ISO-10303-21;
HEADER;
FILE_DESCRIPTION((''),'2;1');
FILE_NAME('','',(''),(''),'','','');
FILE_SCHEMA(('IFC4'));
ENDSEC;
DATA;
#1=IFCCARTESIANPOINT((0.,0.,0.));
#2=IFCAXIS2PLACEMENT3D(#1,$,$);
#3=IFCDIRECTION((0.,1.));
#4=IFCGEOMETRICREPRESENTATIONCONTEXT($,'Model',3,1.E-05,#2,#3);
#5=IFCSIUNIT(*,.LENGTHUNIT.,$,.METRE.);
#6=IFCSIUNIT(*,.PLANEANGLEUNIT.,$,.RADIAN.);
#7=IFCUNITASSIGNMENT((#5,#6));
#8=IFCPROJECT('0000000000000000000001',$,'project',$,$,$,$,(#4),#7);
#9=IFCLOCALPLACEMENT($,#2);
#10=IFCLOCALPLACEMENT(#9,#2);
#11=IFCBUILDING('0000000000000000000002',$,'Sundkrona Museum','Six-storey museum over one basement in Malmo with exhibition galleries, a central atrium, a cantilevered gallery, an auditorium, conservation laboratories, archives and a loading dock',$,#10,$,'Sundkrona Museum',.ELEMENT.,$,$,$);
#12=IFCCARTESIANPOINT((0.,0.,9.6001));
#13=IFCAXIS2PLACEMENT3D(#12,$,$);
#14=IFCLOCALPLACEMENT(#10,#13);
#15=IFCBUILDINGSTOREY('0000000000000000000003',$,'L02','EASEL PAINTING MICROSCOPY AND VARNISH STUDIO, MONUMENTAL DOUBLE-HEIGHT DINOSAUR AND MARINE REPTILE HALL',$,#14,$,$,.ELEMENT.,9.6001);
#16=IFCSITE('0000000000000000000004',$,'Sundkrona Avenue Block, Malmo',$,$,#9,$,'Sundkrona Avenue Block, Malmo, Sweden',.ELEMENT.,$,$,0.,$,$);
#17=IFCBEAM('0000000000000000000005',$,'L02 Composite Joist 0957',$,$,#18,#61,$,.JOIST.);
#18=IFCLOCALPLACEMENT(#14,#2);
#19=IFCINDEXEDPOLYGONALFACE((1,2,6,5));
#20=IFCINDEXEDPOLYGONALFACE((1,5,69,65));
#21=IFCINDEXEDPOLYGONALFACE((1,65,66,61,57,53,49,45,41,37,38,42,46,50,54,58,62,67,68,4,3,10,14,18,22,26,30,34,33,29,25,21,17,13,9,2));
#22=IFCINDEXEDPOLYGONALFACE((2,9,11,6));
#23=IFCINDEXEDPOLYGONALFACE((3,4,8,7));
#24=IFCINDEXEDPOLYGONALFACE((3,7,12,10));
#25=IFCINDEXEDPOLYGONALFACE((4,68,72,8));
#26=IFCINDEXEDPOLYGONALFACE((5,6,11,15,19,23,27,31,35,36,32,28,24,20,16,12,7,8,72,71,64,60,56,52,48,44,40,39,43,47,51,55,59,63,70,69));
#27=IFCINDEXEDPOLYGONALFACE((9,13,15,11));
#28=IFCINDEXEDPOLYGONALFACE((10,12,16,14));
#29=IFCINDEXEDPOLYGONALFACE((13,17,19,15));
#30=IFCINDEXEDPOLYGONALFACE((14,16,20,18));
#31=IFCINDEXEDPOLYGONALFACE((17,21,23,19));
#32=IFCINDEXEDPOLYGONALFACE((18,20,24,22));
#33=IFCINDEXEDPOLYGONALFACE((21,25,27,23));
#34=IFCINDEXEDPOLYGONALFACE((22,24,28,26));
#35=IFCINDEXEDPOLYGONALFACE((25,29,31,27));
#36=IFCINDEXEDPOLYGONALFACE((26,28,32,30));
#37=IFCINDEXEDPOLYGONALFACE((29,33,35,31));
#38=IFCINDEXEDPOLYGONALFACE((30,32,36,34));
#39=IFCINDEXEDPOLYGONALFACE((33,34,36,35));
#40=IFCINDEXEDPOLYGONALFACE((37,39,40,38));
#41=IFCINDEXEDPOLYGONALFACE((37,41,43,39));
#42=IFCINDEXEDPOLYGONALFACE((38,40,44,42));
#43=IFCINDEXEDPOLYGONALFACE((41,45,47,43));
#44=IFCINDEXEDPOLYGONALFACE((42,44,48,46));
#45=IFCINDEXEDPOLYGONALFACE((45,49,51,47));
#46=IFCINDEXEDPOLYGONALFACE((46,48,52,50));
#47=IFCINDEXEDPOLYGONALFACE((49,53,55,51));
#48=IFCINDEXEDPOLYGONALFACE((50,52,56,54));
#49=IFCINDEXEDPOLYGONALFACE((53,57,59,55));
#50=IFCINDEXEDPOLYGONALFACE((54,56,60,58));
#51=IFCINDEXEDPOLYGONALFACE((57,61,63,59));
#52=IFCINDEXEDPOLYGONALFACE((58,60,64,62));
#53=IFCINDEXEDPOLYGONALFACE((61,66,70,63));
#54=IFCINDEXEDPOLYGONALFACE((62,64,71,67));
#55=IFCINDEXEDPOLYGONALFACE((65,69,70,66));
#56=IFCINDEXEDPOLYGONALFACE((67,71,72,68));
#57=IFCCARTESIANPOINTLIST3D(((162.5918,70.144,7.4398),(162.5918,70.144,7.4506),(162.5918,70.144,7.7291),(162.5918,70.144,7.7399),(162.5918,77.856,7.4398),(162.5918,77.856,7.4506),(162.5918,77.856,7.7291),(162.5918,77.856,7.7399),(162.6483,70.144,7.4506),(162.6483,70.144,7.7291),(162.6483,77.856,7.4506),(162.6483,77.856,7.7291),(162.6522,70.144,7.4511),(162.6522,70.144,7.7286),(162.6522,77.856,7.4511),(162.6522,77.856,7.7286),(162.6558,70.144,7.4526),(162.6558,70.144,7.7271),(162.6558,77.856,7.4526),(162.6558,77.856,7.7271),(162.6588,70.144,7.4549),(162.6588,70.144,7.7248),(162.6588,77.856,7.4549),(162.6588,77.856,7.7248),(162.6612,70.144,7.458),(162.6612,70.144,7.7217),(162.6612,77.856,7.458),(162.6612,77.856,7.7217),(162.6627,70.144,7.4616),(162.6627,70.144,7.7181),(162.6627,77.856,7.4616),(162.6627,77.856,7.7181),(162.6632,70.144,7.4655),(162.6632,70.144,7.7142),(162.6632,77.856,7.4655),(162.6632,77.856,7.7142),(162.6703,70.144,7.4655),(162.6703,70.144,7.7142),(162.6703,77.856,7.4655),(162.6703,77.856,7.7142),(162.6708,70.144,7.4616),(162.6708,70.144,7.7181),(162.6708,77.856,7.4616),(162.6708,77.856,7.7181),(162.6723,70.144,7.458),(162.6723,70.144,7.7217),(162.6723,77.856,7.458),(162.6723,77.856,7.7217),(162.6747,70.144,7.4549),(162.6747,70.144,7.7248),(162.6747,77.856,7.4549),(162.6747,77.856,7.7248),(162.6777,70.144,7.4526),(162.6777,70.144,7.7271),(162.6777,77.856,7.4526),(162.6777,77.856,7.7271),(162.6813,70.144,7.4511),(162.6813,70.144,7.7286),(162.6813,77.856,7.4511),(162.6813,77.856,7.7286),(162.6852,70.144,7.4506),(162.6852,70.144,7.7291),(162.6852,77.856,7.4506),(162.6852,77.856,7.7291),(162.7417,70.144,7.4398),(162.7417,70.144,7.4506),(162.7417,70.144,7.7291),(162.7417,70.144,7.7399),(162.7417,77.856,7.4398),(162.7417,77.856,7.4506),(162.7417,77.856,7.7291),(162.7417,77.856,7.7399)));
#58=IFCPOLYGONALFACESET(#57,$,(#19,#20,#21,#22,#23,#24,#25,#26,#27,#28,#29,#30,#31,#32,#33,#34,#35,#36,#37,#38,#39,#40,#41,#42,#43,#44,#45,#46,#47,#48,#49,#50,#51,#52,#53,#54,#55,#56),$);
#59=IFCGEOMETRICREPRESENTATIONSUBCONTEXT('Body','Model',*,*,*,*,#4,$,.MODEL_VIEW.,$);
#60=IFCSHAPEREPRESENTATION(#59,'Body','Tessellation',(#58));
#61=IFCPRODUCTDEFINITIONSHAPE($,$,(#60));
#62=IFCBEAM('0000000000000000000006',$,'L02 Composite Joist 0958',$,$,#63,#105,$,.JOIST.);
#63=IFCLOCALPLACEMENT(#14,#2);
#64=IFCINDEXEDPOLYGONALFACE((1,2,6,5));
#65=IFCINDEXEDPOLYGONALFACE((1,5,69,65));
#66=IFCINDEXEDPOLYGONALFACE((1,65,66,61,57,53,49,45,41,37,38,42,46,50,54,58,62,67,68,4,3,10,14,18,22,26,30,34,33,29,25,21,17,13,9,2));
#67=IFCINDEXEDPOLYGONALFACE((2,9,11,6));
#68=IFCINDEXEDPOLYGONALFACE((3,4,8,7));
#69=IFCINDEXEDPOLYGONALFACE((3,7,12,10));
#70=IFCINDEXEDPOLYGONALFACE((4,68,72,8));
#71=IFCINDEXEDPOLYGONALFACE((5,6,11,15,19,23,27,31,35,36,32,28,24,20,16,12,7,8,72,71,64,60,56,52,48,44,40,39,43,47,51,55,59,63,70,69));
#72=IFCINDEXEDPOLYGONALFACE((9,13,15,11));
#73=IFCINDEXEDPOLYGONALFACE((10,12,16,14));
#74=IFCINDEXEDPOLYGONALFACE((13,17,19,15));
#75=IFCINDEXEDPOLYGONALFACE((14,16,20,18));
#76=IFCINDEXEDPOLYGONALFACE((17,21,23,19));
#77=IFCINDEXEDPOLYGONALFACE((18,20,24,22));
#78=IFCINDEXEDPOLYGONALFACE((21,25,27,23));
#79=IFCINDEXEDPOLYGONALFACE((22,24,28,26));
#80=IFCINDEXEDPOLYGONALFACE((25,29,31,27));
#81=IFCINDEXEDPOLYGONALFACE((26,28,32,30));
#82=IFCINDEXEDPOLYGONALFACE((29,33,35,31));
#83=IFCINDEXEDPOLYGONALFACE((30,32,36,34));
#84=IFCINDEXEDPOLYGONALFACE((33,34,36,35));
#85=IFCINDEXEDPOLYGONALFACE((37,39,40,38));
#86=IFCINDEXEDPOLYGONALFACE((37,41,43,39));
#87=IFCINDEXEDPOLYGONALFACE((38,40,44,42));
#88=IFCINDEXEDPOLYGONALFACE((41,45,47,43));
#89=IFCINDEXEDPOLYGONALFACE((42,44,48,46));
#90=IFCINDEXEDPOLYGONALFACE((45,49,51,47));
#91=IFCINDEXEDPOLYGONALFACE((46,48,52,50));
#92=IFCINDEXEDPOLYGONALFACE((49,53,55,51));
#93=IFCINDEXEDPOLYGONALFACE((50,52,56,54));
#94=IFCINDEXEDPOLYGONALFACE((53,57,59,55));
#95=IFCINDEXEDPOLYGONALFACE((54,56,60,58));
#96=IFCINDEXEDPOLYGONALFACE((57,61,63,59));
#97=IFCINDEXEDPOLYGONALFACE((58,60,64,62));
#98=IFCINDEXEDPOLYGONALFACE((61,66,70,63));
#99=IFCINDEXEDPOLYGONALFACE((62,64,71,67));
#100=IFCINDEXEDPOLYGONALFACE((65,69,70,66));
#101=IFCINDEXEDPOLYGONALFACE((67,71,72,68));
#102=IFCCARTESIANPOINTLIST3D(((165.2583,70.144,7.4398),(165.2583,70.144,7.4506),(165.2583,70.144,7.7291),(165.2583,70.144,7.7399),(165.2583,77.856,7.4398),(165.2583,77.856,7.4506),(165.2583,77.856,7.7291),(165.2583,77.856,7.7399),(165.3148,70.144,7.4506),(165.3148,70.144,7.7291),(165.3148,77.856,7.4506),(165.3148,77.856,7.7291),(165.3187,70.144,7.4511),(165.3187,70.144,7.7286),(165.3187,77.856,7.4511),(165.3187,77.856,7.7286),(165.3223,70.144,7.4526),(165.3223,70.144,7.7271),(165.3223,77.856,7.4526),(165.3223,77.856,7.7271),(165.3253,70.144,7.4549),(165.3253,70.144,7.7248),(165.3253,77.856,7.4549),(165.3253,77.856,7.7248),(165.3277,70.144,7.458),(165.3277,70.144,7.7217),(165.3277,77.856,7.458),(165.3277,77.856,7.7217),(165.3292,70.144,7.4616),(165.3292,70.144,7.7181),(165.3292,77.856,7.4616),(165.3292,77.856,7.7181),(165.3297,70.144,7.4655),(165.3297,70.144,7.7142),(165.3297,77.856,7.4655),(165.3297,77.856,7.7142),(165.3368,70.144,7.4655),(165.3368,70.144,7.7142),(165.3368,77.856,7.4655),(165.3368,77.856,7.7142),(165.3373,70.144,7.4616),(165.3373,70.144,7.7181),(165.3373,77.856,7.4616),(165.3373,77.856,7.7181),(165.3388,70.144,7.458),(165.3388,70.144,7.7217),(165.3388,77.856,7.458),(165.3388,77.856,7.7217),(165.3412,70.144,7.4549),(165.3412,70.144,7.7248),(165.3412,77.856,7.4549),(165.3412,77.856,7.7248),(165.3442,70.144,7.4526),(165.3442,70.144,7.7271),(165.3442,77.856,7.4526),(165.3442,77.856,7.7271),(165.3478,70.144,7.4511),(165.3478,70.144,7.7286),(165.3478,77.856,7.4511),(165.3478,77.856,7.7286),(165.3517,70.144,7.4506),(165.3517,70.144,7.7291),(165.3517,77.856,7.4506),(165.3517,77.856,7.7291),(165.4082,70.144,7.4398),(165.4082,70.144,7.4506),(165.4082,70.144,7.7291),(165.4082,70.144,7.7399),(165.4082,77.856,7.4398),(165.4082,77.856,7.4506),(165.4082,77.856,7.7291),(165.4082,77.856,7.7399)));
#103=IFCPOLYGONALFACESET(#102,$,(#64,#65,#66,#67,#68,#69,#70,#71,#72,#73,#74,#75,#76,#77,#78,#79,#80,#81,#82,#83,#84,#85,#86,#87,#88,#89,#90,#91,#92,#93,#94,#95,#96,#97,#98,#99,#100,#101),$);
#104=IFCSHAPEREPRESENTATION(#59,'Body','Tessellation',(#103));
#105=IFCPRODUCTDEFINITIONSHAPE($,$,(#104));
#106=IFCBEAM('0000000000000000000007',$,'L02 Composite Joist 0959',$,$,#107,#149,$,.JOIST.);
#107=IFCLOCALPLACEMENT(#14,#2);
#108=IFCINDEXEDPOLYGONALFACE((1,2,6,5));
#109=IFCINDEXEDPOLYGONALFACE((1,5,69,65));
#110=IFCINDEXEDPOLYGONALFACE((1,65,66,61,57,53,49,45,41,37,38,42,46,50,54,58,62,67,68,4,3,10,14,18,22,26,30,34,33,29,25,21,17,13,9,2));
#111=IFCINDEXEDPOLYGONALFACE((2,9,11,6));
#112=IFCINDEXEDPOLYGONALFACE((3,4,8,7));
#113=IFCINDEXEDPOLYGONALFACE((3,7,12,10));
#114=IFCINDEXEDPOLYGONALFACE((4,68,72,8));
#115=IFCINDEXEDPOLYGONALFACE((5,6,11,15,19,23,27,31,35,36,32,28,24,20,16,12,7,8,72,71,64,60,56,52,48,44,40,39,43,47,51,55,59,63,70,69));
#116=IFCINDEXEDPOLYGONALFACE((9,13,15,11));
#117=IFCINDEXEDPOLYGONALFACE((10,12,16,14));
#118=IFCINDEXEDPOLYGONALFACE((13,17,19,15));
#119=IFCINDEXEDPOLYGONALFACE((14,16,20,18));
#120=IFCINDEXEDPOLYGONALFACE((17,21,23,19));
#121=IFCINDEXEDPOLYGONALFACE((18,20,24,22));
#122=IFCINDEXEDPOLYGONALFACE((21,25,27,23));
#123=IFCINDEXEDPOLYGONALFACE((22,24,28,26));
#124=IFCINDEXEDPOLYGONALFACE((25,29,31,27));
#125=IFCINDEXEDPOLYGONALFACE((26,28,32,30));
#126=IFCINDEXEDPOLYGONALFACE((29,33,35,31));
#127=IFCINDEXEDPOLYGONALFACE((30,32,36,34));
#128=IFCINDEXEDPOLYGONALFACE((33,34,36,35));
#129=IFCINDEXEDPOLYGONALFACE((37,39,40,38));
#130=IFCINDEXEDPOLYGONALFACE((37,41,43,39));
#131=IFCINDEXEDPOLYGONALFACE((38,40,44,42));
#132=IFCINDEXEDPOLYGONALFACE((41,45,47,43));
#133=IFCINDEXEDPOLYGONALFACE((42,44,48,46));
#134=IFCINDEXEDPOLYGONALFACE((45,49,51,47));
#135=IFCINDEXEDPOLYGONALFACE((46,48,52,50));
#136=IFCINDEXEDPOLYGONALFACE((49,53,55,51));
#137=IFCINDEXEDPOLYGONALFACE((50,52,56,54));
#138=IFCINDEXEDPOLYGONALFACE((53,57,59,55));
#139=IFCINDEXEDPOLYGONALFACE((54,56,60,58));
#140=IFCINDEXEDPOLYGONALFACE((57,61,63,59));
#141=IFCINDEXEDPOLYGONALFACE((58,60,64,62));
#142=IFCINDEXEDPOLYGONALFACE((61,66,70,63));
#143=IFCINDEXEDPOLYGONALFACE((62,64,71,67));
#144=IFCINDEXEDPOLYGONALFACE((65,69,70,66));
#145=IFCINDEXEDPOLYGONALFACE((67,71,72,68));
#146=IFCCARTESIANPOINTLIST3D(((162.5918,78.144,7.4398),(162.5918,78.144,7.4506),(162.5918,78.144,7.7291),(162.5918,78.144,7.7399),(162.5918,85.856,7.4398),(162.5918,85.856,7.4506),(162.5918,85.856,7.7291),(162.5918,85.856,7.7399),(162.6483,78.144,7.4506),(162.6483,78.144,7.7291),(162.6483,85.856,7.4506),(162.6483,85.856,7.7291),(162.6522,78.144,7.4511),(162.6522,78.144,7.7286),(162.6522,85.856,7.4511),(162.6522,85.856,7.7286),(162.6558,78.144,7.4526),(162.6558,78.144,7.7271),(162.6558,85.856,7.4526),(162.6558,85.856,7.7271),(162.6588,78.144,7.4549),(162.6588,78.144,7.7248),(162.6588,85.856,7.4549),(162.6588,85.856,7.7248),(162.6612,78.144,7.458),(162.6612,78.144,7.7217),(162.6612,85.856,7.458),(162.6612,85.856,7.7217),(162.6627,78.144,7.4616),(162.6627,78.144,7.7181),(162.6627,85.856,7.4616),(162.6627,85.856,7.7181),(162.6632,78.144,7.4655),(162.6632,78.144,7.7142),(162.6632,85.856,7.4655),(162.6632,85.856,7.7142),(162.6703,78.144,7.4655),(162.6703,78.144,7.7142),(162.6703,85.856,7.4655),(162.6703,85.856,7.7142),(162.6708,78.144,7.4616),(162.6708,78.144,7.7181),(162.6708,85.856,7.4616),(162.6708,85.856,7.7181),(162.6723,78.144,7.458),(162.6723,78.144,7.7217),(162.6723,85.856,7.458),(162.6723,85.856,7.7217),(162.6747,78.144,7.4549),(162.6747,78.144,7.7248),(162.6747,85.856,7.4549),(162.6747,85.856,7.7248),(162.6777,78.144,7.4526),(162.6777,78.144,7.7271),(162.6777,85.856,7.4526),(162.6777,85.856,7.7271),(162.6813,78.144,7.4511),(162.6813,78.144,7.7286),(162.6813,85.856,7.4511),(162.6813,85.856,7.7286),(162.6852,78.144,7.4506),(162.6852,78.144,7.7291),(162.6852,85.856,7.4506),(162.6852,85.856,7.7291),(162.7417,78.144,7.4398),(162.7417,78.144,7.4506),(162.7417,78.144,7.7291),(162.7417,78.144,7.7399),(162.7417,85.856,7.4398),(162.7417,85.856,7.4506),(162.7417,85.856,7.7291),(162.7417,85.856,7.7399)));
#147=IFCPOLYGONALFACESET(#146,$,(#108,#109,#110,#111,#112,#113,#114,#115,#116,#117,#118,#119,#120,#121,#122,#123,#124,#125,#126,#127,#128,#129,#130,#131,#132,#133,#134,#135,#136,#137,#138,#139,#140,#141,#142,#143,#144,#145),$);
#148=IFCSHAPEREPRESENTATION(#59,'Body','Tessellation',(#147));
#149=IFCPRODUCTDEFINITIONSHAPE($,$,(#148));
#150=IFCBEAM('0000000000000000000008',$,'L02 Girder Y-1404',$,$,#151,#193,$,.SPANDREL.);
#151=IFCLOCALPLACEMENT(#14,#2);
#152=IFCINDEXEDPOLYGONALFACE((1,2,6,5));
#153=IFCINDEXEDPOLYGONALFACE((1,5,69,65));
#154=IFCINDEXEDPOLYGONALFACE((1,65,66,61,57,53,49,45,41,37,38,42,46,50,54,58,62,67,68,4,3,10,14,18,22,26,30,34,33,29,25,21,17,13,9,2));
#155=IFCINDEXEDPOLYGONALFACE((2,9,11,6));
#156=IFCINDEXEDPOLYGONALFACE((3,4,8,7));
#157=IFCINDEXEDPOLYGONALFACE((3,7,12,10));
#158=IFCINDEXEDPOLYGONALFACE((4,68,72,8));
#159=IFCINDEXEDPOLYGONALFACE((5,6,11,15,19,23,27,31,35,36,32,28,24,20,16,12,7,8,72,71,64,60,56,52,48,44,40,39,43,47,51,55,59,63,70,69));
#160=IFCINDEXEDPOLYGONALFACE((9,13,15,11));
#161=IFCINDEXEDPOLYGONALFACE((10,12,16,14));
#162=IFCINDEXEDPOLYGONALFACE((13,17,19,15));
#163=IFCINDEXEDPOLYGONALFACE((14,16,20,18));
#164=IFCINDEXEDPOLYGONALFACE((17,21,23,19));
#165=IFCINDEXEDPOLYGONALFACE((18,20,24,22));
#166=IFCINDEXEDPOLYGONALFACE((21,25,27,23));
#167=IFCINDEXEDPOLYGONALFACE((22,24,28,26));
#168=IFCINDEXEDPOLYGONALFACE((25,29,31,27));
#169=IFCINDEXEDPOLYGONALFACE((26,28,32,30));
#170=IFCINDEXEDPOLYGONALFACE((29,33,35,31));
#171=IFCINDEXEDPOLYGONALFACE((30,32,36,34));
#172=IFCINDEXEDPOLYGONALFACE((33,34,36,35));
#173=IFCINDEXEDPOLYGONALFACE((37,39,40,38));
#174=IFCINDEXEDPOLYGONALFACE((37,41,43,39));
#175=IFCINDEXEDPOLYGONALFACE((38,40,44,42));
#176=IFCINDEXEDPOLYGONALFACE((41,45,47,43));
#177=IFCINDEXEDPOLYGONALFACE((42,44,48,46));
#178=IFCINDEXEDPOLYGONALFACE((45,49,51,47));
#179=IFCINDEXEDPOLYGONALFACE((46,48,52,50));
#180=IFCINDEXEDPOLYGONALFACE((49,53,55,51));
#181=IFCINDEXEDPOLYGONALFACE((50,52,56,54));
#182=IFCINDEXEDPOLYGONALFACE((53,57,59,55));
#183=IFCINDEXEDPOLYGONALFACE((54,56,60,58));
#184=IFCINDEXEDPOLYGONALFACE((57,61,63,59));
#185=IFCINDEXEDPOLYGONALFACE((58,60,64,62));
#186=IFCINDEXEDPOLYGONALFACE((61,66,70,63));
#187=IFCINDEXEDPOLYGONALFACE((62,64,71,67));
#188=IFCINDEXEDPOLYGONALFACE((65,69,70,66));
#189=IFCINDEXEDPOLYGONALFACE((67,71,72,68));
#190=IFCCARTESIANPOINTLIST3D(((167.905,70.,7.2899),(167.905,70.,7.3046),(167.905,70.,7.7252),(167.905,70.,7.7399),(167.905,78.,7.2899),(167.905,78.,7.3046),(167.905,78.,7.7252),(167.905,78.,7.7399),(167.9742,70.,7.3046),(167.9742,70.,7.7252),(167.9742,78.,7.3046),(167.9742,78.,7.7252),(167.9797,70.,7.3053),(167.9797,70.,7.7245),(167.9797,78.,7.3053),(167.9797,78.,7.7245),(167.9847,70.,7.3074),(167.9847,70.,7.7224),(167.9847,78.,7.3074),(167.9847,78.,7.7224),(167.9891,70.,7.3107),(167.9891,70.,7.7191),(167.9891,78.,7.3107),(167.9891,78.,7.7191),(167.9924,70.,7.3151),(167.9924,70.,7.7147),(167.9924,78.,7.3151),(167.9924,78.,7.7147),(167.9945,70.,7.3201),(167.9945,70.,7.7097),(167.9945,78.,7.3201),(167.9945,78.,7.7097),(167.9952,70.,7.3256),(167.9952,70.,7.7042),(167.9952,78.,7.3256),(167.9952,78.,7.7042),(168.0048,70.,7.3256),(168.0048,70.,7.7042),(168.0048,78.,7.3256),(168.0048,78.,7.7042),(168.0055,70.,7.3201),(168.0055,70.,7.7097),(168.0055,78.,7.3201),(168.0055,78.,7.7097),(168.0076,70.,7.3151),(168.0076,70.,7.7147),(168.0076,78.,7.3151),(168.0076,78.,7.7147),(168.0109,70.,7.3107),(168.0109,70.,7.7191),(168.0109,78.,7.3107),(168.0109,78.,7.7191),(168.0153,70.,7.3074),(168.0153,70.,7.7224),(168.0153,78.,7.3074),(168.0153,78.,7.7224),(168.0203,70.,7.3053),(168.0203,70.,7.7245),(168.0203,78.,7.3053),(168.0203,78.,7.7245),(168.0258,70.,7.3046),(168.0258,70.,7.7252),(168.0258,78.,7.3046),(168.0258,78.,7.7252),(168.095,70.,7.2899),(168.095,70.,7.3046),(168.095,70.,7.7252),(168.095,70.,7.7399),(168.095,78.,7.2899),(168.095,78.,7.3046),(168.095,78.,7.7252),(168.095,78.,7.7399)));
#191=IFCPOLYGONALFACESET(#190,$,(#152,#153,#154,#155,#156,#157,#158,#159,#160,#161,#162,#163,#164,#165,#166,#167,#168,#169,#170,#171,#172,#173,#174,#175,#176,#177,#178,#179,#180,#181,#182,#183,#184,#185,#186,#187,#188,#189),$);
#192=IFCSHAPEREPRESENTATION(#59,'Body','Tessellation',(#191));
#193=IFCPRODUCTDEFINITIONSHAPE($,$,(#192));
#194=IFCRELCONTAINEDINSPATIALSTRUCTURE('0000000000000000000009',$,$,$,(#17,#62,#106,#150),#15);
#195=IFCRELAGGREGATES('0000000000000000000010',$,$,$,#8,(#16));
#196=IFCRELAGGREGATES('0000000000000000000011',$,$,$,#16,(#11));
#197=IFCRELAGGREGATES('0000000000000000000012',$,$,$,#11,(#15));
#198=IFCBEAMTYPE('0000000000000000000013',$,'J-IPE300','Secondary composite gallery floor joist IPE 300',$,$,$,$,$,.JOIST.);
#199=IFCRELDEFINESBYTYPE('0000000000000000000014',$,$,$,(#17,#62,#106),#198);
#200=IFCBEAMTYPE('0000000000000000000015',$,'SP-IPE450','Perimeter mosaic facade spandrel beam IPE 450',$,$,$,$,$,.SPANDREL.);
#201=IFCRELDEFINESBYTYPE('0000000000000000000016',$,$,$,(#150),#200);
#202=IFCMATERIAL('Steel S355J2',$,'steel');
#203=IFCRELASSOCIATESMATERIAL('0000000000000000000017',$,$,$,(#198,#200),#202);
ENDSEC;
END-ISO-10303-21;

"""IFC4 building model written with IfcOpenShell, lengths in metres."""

from ifc_helpers import new_model, si_unit, direction, frame, origin, origin_2d, place, context, subcontext, project, spatial, i_section, extrude, material, material_profile, profile_set, type_object, element, save


model = new_model("IFC4")

# Units and contexts
model_context = context("Model", 3, precision=1e-05, world=origin(), true_north=direction((0.0, 1.0)))
body_context = subcontext(model_context, "Body", "Model", "MODEL_VIEW")
ifc_project = project(units=[si_unit("LENGTHUNIT", "METRE"), si_unit("PLANEANGLEUNIT", "RADIAN")], contexts=[model_context])

# Site, building, storey
site_placement = place(None, origin())
site = spatial("IfcSite", under=ifc_project, at=site_placement, Name="Sundkrona Avenue Block, Malmo", LongName="Sundkrona Avenue Block, Malmo, Sweden", CompositionType="ELEMENT", RefElevation=0.0)
building_placement = place(site_placement, origin())
building = spatial("IfcBuilding", under=site, at=building_placement, Name="Sundkrona Museum", Description="Six-storey museum over one basement in Malmo with exhibition galleries, a central atrium, a cantilevered gallery, an auditorium, conservation laboratories, archives and a loading dock", LongName="Sundkrona Museum", CompositionType="ELEMENT")
storey_placement = place(building_placement, frame((0.0, 0.0, 9.6001)))
storey = spatial("IfcBuildingStorey", under=building, at=storey_placement, Name="L02", Description="EASEL PAINTING MICROSCOPY AND VARNISH STUDIO, MONUMENTAL DOUBLE-HEIGHT DINOSAUR AND MARINE REPTILE HALL", CompositionType="ELEMENT", Elevation=9.6001)

# Shared definitions
ifc_material_1 = material(Name="Steel S355J2", Category="steel")

# Beams
ifc_material_profile_1 = material_profile(ifc_material_1, i_section(OverallWidth=0.1499, OverallDepth=0.3, WebThickness=0.0071, FlangeThickness=0.0107, FilletRadius=0.0149, at=origin_2d()), Name="IPE 300")
ifc_profile_set_1 = profile_set([ifc_material_profile_1], Name="Steel S355J2")
beam_type_1 = type_object("IfcBeamType", Name="J-IPE300", Description="Secondary composite gallery floor joist IPE 300", PredefinedType="JOIST", material=ifc_profile_set_1)
for number, where, z_axis, x_axis, name in (
    (1, (162.6667, 70.144, 7.5898), (0.0, 1.0, 0.0), (-1.0, 0.0, 0.0), "L02 Composite Joist 0957"),
    (2, (165.3333, 70.144, 7.5898), (0.0, 1.0, 0.0), (-1.0, 0.0, 0.0), "L02 Composite Joist 0958"),
    (3, (162.6667, 78.144, 7.5898), (0.0, 1.0, 0.0), (-1.0, 0.0, 0.0), "L02 Composite Joist 0959"),
):
    element("IfcBeam", number, at=place(storey_placement, frame(where, z_axis=z_axis, x_axis=x_axis)), inside=storey, type_object=beam_type_1, Name=name, PredefinedType="JOIST", context=body_context, shape_type="SweptSolid", body=[
        extrude(i_section(OverallWidth=0.1499, OverallDepth=0.3, WebThickness=0.0071, FlangeThickness=0.0107, FilletRadius=0.0149, at=origin_2d()), origin(), (0.0, 0.0, 1.0), 7.7119),
    ])
ifc_material_profile_2 = material_profile(ifc_material_1, i_section(OverallWidth=0.1899, OverallDepth=0.45, WebThickness=0.0095, FlangeThickness=0.0146, FilletRadius=0.021, at=origin_2d()), Name="IPE 450")
ifc_profile_set_2 = profile_set([ifc_material_profile_2], Name="Steel S355J2")
beam_type_2 = type_object("IfcBeamType", Name="SP-IPE450", Description="Perimeter mosaic facade spandrel beam IPE 450", PredefinedType="SPANDREL", material=ifc_profile_set_2)
for number, where, z_axis, x_axis, name in (
    (4, (168.0, 70.0, 7.5149), (0.0, 1.0, 0.0), (-1.0, 0.0, 0.0), "L02 Girder Y-1404"),
):
    element("IfcBeam", number, at=place(storey_placement, frame(where, z_axis=z_axis, x_axis=x_axis)), inside=storey, type_object=beam_type_2, Name=name, PredefinedType="SPANDREL", context=body_context, shape_type="SweptSolid", body=[
        extrude(i_section(OverallWidth=0.1899, OverallDepth=0.45, WebThickness=0.0095, FlangeThickness=0.0146, FilletRadius=0.021, at=origin_2d()), origin(), (0.0, 0.0, 1.0), 8.0),
    ])

save(model, "model.ifc")
